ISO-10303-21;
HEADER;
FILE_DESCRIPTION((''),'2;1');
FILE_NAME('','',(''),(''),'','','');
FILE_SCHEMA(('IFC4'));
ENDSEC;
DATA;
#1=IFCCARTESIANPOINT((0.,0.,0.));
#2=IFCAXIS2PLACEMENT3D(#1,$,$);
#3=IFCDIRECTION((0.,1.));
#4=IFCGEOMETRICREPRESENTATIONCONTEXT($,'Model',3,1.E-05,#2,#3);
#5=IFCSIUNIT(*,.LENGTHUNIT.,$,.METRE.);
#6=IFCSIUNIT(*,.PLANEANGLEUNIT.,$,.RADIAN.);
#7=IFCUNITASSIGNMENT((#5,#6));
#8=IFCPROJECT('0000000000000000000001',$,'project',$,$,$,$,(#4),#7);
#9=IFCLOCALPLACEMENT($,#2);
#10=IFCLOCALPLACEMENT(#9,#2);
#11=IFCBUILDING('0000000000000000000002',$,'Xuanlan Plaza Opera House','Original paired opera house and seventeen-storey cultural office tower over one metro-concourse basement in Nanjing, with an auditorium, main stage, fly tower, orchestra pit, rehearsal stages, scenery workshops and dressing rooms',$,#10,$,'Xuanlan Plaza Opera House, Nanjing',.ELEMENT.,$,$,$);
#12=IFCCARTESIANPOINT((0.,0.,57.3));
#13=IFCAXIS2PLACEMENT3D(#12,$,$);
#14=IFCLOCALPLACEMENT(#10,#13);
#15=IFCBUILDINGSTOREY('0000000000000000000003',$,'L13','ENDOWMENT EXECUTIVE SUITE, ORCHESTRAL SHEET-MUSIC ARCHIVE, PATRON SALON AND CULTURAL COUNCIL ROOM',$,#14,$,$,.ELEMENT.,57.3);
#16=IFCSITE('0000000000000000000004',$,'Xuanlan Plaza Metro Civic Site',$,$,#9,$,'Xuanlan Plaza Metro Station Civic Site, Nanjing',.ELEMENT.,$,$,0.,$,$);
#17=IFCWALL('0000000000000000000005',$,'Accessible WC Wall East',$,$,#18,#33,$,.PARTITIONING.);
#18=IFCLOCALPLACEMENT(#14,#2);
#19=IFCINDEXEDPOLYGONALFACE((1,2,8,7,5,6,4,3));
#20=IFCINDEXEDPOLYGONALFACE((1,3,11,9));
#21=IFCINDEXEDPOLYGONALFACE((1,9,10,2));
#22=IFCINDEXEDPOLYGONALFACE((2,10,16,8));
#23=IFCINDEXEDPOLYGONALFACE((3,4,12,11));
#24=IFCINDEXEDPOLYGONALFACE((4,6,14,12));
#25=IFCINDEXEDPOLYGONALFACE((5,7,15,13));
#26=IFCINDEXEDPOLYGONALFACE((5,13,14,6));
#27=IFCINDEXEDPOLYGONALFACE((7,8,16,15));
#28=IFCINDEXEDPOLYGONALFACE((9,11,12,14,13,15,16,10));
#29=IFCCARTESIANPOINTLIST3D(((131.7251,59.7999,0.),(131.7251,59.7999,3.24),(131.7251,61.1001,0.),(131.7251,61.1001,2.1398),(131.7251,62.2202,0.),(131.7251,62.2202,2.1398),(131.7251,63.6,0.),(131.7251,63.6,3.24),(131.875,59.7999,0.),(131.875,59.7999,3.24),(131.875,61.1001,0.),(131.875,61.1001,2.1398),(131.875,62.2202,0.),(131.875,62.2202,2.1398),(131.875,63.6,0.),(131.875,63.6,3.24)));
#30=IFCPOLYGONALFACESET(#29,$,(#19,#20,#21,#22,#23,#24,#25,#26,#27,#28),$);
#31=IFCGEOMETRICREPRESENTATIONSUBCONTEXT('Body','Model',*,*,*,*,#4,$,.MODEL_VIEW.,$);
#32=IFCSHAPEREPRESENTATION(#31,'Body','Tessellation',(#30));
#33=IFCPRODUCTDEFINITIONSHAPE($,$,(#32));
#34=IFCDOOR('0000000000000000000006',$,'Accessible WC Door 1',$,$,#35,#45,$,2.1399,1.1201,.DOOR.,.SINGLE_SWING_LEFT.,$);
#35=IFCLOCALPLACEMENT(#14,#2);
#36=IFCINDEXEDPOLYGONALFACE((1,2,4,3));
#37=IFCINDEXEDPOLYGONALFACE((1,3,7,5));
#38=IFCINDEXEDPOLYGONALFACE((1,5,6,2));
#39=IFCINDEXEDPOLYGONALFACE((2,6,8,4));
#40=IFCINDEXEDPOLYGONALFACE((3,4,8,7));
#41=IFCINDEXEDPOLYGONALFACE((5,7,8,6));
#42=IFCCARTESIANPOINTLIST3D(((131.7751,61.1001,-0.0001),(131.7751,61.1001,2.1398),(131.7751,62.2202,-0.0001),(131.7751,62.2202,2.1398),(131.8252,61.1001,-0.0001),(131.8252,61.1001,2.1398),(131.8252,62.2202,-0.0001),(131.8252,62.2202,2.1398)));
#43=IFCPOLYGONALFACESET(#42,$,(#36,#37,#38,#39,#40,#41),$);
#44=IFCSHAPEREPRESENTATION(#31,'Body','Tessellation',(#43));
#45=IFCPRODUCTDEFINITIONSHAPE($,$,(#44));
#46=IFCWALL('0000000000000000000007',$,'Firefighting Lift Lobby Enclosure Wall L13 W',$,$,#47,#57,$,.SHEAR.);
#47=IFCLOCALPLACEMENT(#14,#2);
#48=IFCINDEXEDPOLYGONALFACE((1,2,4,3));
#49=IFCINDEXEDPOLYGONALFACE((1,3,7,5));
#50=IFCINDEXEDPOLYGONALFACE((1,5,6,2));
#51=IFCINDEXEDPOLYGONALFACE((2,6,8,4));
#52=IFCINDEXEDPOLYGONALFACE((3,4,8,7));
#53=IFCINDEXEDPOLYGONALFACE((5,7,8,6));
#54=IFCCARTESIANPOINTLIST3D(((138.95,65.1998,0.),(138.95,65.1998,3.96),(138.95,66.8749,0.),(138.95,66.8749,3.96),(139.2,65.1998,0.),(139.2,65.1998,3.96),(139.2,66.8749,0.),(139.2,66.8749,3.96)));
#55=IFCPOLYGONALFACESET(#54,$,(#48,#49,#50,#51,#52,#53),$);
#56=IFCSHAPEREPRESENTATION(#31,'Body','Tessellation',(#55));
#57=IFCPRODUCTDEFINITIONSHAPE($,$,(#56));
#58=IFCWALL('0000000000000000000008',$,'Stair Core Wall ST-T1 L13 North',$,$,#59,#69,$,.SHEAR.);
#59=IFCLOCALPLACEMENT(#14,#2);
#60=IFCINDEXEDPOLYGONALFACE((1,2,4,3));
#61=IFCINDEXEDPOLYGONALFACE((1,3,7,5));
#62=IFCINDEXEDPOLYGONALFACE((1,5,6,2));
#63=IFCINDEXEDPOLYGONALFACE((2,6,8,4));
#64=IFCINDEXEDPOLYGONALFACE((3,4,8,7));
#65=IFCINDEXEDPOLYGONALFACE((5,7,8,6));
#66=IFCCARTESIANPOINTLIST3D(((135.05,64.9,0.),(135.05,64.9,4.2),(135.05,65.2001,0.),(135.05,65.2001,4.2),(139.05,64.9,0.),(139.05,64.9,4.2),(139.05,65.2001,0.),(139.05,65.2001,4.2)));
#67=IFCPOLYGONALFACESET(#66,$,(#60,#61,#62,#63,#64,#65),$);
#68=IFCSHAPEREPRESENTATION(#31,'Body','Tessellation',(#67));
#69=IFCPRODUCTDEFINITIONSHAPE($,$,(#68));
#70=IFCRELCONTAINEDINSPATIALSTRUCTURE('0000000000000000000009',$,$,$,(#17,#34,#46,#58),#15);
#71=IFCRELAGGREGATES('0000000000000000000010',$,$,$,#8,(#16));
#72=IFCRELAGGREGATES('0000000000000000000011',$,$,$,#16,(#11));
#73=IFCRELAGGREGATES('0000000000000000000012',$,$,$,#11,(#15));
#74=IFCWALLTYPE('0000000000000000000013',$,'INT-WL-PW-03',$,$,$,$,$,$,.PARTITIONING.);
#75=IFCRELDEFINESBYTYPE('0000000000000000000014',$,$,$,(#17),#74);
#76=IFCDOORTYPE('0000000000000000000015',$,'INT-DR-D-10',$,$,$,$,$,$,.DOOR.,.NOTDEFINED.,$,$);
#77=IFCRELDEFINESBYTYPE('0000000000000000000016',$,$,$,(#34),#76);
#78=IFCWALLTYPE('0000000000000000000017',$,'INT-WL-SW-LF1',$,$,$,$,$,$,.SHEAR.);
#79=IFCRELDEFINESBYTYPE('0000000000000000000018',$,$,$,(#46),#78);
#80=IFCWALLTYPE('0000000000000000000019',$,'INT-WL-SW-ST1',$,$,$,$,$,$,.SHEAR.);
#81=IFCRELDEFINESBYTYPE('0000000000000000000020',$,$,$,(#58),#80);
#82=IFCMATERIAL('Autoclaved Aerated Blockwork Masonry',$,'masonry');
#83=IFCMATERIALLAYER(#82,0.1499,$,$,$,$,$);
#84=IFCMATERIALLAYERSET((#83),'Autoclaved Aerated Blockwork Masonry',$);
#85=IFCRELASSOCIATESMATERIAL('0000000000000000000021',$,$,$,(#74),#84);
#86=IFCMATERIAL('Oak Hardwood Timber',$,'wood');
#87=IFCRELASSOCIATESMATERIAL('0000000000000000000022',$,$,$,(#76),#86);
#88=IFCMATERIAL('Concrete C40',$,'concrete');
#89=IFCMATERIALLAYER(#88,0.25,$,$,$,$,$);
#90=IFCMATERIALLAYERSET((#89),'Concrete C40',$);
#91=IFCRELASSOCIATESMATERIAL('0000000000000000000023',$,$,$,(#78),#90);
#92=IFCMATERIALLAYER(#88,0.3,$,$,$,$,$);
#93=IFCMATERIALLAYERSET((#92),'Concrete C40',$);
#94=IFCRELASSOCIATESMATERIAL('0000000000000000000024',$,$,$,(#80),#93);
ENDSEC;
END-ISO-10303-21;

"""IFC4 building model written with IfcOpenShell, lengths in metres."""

from ifc_helpers import new_model, si_unit, direction, frame, frame_2d, origin, place, context, subcontext, project, spatial, rectangle, extrude, material, layer, layer_set, type_object, element, fill, save


model = new_model("IFC4")

# Units and contexts
model_context = context("Model", 3, precision=1e-05, world=origin(), true_north=direction((0.0, 1.0)))
body_context = subcontext(model_context, "Body", "Model", "MODEL_VIEW")
ifc_project = project(units=[si_unit("LENGTHUNIT", "METRE"), si_unit("PLANEANGLEUNIT", "RADIAN")], contexts=[model_context])

# Site, building, storey
site_placement = place(None, origin())
site = spatial("IfcSite", under=ifc_project, at=site_placement, Name="Xuanlan Plaza Metro Civic Site", LongName="Xuanlan Plaza Metro Station Civic Site, Nanjing", CompositionType="ELEMENT", RefElevation=0.0)
building_placement = place(site_placement, origin())
building = spatial("IfcBuilding", under=site, at=building_placement, Name="Xuanlan Plaza Opera House", Description="Original paired opera house and seventeen-storey cultural office tower over one metro-concourse basement in Nanjing, with an auditorium, main stage, fly tower, orchestra pit, rehearsal stages, scenery workshops and dressing rooms", LongName="Xuanlan Plaza Opera House, Nanjing", CompositionType="ELEMENT")
storey_placement = place(building_placement, frame((0.0, 0.0, 57.3)))
storey = spatial("IfcBuildingStorey", under=building, at=storey_placement, Name="L13", Description="ENDOWMENT EXECUTIVE SUITE, ORCHESTRAL SHEET-MUSIC ARCHIVE, PATRON SALON AND CULTURAL COUNCIL ROOM", CompositionType="ELEMENT", Elevation=57.3)

# Shared definitions
ifc_material_1 = material(Name="Concrete C40", Category="concrete")

# Shared definitions
ifc_material_2 = material(Name="Oak Hardwood Timber", Category="wood")

# Shared definitions
ifc_material_3 = material(Name="Autoclaved Aerated Blockwork Masonry", Category="masonry")
ifc_layer_1 = layer(ifc_material_3, 0.1499)
ifc_layer_set_1 = layer_set([ifc_layer_1], Name="Autoclaved Aerated Blockwork Masonry")
wall_type_1 = type_object("IfcWallType", Name="INT-WL-PW-03", PredefinedType="PARTITIONING", material=ifc_layer_set_1)

# Wall, opening, door
wall_1_placement = place(storey_placement, frame((131.8, 59.8, 0.0), z_axis=(0.0, 0.0, 1.0), x_axis=(0.0, 1.0, 0.0)))
wall_1 = element("IfcWall", 1, at=wall_1_placement, inside=storey, type_object=wall_type_1, Name="Accessible WC Wall East", PredefinedType="PARTITIONING", context=body_context, shape_type="SweptSolid", body=[
    extrude(rectangle(XDim=3.8, YDim=0.1499, at=frame_2d((1.8999, 0.0))), origin(), (0.0, 0.0, 1.0), 3.24),
])
opening_1_placement = place(wall_1_placement, frame((1.3, 0.0, 0.0)))
opening_1 = element("IfcOpeningElement", 2, at=opening_1_placement, cuts=wall_1, PredefinedType="OPENING", context=body_context, shape_type="SweptSolid", body=[
    extrude(rectangle(XDim=1.1201, YDim=2.1399, at=frame_2d((0.5601, 1.0698))), frame((0.0, 0.085, 0.0), z_axis=(0.0, -1.0, 0.0), x_axis=(1.0, 0.0, 0.0)), (0.0, 0.0, 1.0), 0.1699),
])
door_type_1 = type_object("IfcDoorType", Name="INT-DR-D-10", OperationType="NOTDEFINED", PredefinedType="DOOR", material=ifc_material_2)
door_1_placement = place(opening_1_placement, origin())
door_1 = element("IfcDoor", 3, at=door_1_placement, inside=storey, type_object=door_type_1, Name="Accessible WC Door 1", OperationType="SINGLE_SWING_LEFT", OverallHeight=2.1399, OverallWidth=1.1201, PredefinedType="DOOR", context=body_context, shape_type="SweptSolid", body=[
    extrude(rectangle(XDim=1.1201, YDim=2.1399, at=frame_2d((0.5601, 1.0698))), frame((0.0, 0.0249, 0.0), z_axis=(0.0, -1.0, 0.0), x_axis=(1.0, 0.0, 0.0)), (0.0, 0.0, 1.0), 0.05),
])
fill(opening_1, door_1)

# Walls
ifc_layer_2 = layer(ifc_material_1, 0.25)
ifc_layer_set_2 = layer_set([ifc_layer_2], Name="Concrete C40")
wall_type_2 = type_object("IfcWallType", Name="INT-WL-SW-LF1", PredefinedType="SHEAR", material=ifc_layer_set_2)
wall_2_placement = place(storey_placement, frame((139.075, 65.2, 0.0), z_axis=(0.0, 0.0, 1.0), x_axis=(0.0, 1.0, 0.0)))
element("IfcWall", 4, at=wall_2_placement, inside=storey, type_object=wall_type_2, Name="Firefighting Lift Lobby Enclosure Wall L13 W", PredefinedType="SHEAR", context=body_context, shape_type="SweptSolid", body=[
    extrude(rectangle(XDim=1.675, YDim=0.25, at=frame_2d((0.8374, 0.0))), origin(), (0.0, 0.0, 1.0), 3.96),
])
ifc_layer_3 = layer(ifc_material_1, 0.3)
ifc_layer_set_3 = layer_set([ifc_layer_3], Name="Concrete C40")
wall_type_3 = type_object("IfcWallType", Name="INT-WL-SW-ST1", PredefinedType="SHEAR", material=ifc_layer_set_3)
wall_3_placement = place(storey_placement, frame((135.05, 65.05, 0.0), z_axis=(0.0, 0.0, 1.0), x_axis=(1.0, 0.0, 0.0)))
element("IfcWall", 5, at=wall_3_placement, inside=storey, type_object=wall_type_3, Name="Stair Core Wall ST-T1 L13 North", PredefinedType="SHEAR", context=body_context, shape_type="SweptSolid", body=[
    extrude(rectangle(XDim=4.0, YDim=0.3, at=frame_2d((2.0, 0.0))), origin(), (0.0, 0.0, 1.0), 4.2),
])

save(model, "model.ifc")
